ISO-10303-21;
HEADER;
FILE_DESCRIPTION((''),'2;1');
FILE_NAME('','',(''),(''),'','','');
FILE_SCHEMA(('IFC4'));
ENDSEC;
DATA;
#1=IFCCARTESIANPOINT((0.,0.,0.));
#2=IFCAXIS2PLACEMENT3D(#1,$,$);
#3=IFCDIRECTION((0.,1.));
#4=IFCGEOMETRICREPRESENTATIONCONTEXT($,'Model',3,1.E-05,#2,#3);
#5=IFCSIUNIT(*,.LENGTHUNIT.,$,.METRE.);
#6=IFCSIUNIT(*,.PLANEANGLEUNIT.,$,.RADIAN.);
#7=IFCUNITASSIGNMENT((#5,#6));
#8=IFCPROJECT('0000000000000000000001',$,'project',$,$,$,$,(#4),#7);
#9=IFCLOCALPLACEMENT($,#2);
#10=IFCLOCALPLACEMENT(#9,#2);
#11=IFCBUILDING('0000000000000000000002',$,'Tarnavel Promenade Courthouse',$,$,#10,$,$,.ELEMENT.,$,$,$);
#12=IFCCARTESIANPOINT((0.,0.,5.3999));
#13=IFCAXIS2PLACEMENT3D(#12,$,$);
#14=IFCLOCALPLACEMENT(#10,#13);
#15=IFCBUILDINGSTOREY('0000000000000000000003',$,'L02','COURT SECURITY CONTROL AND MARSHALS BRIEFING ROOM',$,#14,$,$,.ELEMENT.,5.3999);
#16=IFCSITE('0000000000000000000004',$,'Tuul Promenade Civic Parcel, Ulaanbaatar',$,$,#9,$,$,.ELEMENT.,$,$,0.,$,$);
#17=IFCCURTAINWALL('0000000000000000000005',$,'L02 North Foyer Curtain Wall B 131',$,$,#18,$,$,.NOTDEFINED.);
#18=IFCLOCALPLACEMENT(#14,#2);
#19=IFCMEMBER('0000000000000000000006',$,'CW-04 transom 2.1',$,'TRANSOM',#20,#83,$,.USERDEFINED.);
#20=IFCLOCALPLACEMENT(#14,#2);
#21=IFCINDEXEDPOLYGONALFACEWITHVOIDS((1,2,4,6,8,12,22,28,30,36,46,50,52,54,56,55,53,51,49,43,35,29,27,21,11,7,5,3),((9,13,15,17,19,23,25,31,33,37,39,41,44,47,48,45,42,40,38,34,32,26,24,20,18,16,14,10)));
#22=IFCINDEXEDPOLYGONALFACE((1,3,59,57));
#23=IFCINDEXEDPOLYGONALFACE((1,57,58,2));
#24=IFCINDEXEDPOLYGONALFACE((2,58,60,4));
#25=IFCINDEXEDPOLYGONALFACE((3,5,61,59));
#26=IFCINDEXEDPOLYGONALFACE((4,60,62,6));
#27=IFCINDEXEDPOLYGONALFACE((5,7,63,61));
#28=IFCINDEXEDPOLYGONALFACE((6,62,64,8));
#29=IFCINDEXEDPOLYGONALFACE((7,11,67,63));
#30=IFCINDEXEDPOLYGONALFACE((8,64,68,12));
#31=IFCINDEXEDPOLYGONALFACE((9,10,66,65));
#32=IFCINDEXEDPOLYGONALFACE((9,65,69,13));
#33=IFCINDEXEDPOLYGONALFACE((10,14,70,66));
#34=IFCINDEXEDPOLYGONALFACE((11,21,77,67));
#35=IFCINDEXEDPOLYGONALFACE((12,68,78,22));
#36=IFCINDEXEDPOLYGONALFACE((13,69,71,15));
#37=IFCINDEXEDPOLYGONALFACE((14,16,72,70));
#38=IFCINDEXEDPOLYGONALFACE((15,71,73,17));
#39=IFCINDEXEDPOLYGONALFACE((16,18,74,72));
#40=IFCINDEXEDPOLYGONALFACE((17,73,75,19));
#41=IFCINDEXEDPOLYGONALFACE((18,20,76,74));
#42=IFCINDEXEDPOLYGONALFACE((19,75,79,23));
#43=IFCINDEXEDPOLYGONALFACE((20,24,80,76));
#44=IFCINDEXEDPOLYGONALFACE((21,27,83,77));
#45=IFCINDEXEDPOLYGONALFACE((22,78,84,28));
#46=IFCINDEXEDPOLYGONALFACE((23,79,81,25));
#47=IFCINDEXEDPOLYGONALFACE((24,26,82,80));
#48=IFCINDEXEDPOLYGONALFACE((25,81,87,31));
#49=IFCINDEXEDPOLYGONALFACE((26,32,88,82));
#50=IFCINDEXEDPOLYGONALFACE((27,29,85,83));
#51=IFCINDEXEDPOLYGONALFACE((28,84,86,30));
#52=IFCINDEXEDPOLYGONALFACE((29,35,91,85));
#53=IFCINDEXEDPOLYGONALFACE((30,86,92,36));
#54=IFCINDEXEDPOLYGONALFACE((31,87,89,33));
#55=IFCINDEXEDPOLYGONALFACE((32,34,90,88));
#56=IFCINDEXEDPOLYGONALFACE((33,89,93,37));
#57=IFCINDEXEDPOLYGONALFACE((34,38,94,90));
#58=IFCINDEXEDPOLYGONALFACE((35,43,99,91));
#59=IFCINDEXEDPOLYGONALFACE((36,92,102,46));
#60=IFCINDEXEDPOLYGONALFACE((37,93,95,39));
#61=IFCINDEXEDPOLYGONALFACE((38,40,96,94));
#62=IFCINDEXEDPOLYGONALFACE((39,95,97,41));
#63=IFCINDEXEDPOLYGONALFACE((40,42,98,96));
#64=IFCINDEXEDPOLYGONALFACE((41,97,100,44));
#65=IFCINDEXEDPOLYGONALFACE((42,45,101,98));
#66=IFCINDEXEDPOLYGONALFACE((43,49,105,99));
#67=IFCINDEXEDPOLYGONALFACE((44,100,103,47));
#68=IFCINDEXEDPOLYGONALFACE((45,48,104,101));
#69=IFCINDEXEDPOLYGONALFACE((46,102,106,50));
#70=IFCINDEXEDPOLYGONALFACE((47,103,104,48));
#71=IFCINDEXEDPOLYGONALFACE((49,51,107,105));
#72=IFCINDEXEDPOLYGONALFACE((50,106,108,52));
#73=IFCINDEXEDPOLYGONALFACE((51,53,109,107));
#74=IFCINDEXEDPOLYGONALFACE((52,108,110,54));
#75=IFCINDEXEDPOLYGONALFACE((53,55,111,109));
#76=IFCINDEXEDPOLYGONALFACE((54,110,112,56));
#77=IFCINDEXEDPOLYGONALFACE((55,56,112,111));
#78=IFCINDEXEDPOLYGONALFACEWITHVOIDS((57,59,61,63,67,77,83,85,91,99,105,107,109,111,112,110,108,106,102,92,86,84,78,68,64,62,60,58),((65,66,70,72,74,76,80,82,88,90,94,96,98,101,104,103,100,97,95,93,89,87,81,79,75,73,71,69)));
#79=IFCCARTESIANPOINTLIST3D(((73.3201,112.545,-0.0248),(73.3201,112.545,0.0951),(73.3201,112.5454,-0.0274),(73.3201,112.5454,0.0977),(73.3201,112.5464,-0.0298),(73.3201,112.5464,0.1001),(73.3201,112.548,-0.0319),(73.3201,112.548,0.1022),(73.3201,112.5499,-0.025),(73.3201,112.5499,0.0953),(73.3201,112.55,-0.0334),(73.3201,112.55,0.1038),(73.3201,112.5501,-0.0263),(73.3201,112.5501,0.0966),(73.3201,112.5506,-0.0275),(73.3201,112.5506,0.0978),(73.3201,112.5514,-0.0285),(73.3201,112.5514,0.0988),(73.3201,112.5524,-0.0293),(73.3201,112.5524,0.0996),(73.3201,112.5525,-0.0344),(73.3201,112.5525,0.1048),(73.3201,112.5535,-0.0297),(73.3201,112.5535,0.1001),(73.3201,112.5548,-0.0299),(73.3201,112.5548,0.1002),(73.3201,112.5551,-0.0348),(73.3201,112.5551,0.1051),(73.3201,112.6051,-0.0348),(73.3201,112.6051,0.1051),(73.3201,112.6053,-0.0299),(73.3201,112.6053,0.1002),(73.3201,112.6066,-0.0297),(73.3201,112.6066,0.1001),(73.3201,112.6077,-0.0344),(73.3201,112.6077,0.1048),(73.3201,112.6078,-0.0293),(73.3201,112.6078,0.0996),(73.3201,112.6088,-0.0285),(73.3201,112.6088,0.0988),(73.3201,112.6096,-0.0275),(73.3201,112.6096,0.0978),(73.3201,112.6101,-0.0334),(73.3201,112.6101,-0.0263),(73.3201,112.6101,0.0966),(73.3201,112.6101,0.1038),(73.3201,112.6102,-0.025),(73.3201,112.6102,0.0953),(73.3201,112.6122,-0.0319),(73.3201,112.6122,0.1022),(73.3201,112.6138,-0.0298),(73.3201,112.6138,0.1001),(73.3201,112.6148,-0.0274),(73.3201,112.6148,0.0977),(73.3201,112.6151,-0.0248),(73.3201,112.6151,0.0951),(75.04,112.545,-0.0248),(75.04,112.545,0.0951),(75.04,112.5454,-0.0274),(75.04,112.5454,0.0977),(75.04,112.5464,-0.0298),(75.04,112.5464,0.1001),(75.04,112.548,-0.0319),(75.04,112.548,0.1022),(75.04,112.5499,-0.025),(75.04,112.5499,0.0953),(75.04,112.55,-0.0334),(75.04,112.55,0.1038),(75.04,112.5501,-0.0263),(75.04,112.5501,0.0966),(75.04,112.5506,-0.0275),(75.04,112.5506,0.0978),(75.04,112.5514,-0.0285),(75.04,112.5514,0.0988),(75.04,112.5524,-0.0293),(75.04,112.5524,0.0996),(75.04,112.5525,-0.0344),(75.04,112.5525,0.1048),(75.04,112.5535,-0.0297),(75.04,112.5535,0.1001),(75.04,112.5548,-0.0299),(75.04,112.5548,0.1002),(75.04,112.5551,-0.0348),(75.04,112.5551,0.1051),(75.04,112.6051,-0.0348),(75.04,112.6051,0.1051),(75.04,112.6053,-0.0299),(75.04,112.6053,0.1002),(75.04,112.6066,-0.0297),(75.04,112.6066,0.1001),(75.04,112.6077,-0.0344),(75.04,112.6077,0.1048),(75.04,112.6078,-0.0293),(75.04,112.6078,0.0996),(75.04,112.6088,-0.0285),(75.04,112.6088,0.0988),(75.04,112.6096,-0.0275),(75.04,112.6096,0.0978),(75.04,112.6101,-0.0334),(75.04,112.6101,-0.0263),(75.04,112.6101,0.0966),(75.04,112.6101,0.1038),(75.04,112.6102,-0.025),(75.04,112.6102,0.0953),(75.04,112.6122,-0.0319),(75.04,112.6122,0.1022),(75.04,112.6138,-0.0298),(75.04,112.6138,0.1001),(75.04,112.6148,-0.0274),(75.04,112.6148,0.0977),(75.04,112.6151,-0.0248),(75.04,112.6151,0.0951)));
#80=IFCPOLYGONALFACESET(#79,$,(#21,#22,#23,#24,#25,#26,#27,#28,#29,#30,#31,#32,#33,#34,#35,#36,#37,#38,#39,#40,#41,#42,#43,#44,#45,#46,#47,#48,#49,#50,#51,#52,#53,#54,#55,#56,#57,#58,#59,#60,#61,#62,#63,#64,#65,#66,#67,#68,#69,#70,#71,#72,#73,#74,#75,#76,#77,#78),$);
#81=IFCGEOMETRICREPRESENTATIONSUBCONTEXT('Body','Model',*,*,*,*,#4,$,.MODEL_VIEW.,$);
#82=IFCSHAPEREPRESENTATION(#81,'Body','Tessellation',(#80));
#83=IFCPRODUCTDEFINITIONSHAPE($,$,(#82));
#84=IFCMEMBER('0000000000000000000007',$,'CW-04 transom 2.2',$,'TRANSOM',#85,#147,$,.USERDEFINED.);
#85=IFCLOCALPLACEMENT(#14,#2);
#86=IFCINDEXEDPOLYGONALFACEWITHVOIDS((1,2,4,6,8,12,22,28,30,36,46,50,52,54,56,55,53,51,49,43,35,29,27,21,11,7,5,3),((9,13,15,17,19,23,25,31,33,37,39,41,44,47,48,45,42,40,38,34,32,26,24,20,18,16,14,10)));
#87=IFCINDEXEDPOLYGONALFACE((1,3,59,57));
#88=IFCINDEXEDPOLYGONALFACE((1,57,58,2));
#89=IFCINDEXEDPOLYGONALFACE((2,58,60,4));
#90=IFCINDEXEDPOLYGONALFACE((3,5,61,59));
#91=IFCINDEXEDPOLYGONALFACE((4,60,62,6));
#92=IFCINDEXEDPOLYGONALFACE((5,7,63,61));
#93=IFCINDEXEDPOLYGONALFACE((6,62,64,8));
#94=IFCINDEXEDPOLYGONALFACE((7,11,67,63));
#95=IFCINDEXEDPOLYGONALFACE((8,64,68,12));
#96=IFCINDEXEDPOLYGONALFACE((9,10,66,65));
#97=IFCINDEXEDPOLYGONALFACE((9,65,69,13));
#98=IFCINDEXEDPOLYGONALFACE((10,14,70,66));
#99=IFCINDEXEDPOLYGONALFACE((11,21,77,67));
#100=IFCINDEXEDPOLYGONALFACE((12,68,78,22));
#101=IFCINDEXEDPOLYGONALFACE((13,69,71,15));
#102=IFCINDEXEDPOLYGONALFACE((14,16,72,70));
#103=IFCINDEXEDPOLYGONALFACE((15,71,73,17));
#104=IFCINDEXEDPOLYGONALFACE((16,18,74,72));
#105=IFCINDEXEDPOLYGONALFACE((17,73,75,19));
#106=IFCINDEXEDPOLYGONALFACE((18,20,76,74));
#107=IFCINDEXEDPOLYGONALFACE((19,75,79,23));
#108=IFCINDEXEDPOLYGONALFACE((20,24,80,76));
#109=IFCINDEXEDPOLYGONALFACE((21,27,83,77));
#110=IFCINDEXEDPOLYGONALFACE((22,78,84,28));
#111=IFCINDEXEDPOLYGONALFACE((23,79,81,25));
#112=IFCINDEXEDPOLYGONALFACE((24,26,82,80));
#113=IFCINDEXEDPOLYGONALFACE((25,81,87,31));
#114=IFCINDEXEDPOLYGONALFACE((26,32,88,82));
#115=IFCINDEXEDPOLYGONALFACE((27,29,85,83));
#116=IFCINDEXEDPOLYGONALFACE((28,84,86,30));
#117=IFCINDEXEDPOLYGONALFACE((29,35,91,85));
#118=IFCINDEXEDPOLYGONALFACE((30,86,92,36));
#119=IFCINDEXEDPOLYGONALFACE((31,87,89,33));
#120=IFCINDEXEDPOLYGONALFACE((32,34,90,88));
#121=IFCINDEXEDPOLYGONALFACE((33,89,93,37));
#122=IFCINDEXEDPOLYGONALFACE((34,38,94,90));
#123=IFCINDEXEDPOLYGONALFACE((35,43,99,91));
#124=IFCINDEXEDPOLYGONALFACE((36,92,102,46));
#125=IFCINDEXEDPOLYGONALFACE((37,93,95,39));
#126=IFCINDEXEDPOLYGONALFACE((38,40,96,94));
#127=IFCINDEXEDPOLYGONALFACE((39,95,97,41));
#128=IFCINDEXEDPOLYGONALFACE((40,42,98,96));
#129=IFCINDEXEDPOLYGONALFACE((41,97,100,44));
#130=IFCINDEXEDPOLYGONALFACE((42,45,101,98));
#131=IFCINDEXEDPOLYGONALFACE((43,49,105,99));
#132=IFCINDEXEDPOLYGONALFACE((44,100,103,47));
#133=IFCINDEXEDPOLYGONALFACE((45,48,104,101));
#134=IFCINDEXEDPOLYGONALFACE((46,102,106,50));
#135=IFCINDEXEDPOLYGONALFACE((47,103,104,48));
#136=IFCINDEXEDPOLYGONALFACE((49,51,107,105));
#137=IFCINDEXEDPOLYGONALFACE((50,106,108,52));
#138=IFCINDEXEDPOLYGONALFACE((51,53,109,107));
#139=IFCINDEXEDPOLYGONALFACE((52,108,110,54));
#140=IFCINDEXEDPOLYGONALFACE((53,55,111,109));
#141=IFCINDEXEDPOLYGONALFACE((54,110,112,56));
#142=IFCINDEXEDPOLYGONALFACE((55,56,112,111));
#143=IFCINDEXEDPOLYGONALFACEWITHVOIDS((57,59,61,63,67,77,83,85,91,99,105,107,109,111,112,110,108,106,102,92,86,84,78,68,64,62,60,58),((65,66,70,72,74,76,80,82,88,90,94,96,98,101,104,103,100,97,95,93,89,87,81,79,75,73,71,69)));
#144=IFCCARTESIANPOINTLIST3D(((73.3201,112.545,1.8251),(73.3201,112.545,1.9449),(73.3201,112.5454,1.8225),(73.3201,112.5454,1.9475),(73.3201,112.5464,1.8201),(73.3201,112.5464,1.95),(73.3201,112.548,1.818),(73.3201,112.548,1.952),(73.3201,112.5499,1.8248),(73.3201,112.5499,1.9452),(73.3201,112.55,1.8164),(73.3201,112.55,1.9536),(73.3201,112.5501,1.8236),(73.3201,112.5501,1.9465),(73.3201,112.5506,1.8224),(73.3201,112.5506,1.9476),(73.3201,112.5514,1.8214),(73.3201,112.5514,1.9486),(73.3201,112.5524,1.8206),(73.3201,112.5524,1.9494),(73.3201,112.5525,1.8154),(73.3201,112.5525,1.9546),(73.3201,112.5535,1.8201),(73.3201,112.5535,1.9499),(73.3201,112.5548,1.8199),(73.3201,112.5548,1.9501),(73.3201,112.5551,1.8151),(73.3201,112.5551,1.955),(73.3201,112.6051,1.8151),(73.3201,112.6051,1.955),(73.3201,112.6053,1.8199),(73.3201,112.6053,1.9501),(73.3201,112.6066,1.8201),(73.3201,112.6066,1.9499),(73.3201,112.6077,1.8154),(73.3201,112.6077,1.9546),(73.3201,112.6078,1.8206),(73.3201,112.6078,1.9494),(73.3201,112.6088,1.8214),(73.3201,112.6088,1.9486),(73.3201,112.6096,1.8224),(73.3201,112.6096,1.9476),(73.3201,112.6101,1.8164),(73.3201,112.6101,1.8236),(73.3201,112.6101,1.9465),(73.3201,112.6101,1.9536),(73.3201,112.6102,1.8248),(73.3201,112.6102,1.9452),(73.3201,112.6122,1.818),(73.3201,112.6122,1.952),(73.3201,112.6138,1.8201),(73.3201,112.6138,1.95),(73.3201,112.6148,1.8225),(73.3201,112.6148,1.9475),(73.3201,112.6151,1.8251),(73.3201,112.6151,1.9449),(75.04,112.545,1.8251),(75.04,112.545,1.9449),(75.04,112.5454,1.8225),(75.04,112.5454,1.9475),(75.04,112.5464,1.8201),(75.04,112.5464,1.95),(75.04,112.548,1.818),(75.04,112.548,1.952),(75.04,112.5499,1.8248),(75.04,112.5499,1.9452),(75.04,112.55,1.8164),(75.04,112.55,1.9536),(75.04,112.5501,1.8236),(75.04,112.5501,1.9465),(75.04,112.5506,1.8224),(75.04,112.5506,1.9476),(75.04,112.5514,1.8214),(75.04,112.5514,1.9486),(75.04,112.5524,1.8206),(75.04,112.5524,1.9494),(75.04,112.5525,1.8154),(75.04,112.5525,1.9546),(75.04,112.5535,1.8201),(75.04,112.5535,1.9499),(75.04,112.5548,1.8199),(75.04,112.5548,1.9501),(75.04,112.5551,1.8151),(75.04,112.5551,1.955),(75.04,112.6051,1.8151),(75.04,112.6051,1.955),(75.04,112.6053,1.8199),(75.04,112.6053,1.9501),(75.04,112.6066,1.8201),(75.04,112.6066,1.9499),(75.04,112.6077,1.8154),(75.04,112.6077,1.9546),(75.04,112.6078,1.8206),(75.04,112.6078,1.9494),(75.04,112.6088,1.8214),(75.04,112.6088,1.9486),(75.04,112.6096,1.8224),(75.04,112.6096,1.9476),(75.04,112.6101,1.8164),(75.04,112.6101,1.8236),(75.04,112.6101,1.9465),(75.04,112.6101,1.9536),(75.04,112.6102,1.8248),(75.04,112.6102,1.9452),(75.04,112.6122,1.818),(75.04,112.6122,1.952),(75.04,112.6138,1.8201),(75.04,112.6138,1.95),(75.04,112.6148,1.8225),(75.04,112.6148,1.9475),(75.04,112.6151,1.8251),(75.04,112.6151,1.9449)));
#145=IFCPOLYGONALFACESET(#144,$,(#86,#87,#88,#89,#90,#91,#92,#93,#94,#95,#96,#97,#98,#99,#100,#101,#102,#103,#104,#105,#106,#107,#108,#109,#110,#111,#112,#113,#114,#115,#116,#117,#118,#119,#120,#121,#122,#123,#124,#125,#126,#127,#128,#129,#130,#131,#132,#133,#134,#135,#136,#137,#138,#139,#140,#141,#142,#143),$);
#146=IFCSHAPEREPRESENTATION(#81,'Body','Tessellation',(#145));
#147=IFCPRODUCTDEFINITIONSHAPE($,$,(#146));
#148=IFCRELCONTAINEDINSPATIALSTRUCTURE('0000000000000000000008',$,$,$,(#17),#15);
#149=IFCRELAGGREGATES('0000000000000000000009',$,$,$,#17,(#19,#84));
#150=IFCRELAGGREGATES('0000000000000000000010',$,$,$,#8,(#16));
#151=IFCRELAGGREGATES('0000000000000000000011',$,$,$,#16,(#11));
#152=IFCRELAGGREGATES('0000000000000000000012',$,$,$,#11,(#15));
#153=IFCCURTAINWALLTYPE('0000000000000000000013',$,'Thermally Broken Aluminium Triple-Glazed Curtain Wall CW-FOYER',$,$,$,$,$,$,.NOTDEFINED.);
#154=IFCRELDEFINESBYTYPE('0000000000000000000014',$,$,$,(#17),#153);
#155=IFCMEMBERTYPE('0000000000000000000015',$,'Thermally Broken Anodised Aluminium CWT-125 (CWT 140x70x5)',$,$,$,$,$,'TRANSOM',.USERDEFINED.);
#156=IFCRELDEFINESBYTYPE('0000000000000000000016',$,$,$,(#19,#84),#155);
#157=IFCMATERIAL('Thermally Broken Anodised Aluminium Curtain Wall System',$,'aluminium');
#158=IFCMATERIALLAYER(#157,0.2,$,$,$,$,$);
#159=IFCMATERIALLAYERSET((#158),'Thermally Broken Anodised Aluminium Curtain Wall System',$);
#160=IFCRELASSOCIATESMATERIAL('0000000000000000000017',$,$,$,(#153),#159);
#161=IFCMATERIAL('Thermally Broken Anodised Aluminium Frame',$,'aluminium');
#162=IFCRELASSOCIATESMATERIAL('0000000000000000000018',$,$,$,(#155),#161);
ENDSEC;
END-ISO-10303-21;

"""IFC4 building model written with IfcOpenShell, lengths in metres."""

from ifc_helpers import new_model, si_unit, direction, frame, origin, origin_2d, place, context, subcontext, project, spatial, hollow_rectangle, extrude, material, layer, layer_set, material_profile, profile_set, type_object, element, aggregate, save


model = new_model("IFC4")

# Units and contexts
model_context = context("Model", 3, precision=1e-05, world=origin(), true_north=direction((0.0, 1.0)))
body_context = subcontext(model_context, "Body", "Model", "MODEL_VIEW")
ifc_project = project(units=[si_unit("LENGTHUNIT", "METRE"), si_unit("PLANEANGLEUNIT", "RADIAN")], contexts=[model_context])

# Site, building, storey
site_placement = place(None, origin())
site = spatial("IfcSite", under=ifc_project, at=site_placement, Name="Tuul Promenade Civic Parcel, Ulaanbaatar", CompositionType="ELEMENT", RefElevation=0.0)
building_placement = place(site_placement, origin())
building = spatial("IfcBuilding", under=site, at=building_placement, Name="Tarnavel Promenade Courthouse", CompositionType="ELEMENT")
storey_placement = place(building_placement, frame((0.0, 0.0, 5.3999)))
storey = spatial("IfcBuildingStorey", under=building, at=storey_placement, Name="L02", Description="COURT SECURITY CONTROL AND MARSHALS BRIEFING ROOM", CompositionType="ELEMENT", Elevation=5.3999)

# Curtain wall
ifc_material_1 = material(Name="Thermally Broken Anodised Aluminium Curtain Wall System", Category="aluminium")
ifc_layer_1 = layer(ifc_material_1, 0.2)
ifc_layer_set_1 = layer_set([ifc_layer_1], Name="Thermally Broken Anodised Aluminium Curtain Wall System")
curtain_wall_type = type_object("IfcCurtainWallType", Name="Thermally Broken Aluminium Triple-Glazed Curtain Wall CW-FOYER", PredefinedType="NOTDEFINED", material=ifc_layer_set_1)
ifc_material_2 = material(Name="Thermally Broken Anodised Aluminium Frame", Category="aluminium")
curtain_wall_1_placement = place(storey_placement, origin())
curtain_wall_1 = element("IfcCurtainWall", 1, at=curtain_wall_1_placement, inside=storey, type_object=curtain_wall_type, Name="L02 North Foyer Curtain Wall B 131", PredefinedType="NOTDEFINED")

# Members
ifc_material_profile_1 = material_profile(ifc_material_2, hollow_rectangle(XDim=0.0701, YDim=0.1399, WallThickness=0.0049, InnerFilletRadius=0.0049, OuterFilletRadius=0.01, at=origin_2d()), Name="CWT 140x70x5")
ifc_profile_set_1 = profile_set([ifc_material_profile_1], Name="Thermally Broken Anodised Aluminium Frame")
member_type_1 = type_object("IfcMemberType", Name="Thermally Broken Anodised Aluminium CWT-125 (CWT 140x70x5)", ElementType="TRANSOM", PredefinedType="USERDEFINED", material=ifc_profile_set_1)
member_1_placement = place(storey_placement, frame((73.3201, 112.5801, 0.0352), z_axis=(1.0, 0.0, 0.0), x_axis=(0.0, 1.0, 0.0)))
member_1 = element("IfcMember", 2, at=member_1_placement, type_object=member_type_1, Name="CW-04 transom 2.1", ObjectType="TRANSOM", PredefinedType="USERDEFINED", context=body_context, shape_type="SweptSolid", body=[
    extrude(hollow_rectangle(XDim=0.0701, YDim=0.1399, WallThickness=0.0049, InnerFilletRadius=0.0049, OuterFilletRadius=0.01, at=origin_2d()), origin(), (0.0, 0.0, 1.0), 1.72),
])
member_2_placement = place(storey_placement, frame((73.3201, 112.5801, 1.885), z_axis=(1.0, 0.0, 0.0), x_axis=(0.0, 1.0, 0.0)))
member_2 = element("IfcMember", 3, at=member_2_placement, type_object=member_type_1, Name="CW-04 transom 2.2", ObjectType="TRANSOM", PredefinedType="USERDEFINED", context=body_context, shape_type="SweptSolid", body=[
    extrude(hollow_rectangle(XDim=0.0701, YDim=0.1399, WallThickness=0.0049, InnerFilletRadius=0.0049, OuterFilletRadius=0.01, at=origin_2d()), origin(), (0.0, 0.0, 1.0), 1.72),
])

aggregate(curtain_wall_1, [member_1, member_2])

save(model, "model.ifc")
